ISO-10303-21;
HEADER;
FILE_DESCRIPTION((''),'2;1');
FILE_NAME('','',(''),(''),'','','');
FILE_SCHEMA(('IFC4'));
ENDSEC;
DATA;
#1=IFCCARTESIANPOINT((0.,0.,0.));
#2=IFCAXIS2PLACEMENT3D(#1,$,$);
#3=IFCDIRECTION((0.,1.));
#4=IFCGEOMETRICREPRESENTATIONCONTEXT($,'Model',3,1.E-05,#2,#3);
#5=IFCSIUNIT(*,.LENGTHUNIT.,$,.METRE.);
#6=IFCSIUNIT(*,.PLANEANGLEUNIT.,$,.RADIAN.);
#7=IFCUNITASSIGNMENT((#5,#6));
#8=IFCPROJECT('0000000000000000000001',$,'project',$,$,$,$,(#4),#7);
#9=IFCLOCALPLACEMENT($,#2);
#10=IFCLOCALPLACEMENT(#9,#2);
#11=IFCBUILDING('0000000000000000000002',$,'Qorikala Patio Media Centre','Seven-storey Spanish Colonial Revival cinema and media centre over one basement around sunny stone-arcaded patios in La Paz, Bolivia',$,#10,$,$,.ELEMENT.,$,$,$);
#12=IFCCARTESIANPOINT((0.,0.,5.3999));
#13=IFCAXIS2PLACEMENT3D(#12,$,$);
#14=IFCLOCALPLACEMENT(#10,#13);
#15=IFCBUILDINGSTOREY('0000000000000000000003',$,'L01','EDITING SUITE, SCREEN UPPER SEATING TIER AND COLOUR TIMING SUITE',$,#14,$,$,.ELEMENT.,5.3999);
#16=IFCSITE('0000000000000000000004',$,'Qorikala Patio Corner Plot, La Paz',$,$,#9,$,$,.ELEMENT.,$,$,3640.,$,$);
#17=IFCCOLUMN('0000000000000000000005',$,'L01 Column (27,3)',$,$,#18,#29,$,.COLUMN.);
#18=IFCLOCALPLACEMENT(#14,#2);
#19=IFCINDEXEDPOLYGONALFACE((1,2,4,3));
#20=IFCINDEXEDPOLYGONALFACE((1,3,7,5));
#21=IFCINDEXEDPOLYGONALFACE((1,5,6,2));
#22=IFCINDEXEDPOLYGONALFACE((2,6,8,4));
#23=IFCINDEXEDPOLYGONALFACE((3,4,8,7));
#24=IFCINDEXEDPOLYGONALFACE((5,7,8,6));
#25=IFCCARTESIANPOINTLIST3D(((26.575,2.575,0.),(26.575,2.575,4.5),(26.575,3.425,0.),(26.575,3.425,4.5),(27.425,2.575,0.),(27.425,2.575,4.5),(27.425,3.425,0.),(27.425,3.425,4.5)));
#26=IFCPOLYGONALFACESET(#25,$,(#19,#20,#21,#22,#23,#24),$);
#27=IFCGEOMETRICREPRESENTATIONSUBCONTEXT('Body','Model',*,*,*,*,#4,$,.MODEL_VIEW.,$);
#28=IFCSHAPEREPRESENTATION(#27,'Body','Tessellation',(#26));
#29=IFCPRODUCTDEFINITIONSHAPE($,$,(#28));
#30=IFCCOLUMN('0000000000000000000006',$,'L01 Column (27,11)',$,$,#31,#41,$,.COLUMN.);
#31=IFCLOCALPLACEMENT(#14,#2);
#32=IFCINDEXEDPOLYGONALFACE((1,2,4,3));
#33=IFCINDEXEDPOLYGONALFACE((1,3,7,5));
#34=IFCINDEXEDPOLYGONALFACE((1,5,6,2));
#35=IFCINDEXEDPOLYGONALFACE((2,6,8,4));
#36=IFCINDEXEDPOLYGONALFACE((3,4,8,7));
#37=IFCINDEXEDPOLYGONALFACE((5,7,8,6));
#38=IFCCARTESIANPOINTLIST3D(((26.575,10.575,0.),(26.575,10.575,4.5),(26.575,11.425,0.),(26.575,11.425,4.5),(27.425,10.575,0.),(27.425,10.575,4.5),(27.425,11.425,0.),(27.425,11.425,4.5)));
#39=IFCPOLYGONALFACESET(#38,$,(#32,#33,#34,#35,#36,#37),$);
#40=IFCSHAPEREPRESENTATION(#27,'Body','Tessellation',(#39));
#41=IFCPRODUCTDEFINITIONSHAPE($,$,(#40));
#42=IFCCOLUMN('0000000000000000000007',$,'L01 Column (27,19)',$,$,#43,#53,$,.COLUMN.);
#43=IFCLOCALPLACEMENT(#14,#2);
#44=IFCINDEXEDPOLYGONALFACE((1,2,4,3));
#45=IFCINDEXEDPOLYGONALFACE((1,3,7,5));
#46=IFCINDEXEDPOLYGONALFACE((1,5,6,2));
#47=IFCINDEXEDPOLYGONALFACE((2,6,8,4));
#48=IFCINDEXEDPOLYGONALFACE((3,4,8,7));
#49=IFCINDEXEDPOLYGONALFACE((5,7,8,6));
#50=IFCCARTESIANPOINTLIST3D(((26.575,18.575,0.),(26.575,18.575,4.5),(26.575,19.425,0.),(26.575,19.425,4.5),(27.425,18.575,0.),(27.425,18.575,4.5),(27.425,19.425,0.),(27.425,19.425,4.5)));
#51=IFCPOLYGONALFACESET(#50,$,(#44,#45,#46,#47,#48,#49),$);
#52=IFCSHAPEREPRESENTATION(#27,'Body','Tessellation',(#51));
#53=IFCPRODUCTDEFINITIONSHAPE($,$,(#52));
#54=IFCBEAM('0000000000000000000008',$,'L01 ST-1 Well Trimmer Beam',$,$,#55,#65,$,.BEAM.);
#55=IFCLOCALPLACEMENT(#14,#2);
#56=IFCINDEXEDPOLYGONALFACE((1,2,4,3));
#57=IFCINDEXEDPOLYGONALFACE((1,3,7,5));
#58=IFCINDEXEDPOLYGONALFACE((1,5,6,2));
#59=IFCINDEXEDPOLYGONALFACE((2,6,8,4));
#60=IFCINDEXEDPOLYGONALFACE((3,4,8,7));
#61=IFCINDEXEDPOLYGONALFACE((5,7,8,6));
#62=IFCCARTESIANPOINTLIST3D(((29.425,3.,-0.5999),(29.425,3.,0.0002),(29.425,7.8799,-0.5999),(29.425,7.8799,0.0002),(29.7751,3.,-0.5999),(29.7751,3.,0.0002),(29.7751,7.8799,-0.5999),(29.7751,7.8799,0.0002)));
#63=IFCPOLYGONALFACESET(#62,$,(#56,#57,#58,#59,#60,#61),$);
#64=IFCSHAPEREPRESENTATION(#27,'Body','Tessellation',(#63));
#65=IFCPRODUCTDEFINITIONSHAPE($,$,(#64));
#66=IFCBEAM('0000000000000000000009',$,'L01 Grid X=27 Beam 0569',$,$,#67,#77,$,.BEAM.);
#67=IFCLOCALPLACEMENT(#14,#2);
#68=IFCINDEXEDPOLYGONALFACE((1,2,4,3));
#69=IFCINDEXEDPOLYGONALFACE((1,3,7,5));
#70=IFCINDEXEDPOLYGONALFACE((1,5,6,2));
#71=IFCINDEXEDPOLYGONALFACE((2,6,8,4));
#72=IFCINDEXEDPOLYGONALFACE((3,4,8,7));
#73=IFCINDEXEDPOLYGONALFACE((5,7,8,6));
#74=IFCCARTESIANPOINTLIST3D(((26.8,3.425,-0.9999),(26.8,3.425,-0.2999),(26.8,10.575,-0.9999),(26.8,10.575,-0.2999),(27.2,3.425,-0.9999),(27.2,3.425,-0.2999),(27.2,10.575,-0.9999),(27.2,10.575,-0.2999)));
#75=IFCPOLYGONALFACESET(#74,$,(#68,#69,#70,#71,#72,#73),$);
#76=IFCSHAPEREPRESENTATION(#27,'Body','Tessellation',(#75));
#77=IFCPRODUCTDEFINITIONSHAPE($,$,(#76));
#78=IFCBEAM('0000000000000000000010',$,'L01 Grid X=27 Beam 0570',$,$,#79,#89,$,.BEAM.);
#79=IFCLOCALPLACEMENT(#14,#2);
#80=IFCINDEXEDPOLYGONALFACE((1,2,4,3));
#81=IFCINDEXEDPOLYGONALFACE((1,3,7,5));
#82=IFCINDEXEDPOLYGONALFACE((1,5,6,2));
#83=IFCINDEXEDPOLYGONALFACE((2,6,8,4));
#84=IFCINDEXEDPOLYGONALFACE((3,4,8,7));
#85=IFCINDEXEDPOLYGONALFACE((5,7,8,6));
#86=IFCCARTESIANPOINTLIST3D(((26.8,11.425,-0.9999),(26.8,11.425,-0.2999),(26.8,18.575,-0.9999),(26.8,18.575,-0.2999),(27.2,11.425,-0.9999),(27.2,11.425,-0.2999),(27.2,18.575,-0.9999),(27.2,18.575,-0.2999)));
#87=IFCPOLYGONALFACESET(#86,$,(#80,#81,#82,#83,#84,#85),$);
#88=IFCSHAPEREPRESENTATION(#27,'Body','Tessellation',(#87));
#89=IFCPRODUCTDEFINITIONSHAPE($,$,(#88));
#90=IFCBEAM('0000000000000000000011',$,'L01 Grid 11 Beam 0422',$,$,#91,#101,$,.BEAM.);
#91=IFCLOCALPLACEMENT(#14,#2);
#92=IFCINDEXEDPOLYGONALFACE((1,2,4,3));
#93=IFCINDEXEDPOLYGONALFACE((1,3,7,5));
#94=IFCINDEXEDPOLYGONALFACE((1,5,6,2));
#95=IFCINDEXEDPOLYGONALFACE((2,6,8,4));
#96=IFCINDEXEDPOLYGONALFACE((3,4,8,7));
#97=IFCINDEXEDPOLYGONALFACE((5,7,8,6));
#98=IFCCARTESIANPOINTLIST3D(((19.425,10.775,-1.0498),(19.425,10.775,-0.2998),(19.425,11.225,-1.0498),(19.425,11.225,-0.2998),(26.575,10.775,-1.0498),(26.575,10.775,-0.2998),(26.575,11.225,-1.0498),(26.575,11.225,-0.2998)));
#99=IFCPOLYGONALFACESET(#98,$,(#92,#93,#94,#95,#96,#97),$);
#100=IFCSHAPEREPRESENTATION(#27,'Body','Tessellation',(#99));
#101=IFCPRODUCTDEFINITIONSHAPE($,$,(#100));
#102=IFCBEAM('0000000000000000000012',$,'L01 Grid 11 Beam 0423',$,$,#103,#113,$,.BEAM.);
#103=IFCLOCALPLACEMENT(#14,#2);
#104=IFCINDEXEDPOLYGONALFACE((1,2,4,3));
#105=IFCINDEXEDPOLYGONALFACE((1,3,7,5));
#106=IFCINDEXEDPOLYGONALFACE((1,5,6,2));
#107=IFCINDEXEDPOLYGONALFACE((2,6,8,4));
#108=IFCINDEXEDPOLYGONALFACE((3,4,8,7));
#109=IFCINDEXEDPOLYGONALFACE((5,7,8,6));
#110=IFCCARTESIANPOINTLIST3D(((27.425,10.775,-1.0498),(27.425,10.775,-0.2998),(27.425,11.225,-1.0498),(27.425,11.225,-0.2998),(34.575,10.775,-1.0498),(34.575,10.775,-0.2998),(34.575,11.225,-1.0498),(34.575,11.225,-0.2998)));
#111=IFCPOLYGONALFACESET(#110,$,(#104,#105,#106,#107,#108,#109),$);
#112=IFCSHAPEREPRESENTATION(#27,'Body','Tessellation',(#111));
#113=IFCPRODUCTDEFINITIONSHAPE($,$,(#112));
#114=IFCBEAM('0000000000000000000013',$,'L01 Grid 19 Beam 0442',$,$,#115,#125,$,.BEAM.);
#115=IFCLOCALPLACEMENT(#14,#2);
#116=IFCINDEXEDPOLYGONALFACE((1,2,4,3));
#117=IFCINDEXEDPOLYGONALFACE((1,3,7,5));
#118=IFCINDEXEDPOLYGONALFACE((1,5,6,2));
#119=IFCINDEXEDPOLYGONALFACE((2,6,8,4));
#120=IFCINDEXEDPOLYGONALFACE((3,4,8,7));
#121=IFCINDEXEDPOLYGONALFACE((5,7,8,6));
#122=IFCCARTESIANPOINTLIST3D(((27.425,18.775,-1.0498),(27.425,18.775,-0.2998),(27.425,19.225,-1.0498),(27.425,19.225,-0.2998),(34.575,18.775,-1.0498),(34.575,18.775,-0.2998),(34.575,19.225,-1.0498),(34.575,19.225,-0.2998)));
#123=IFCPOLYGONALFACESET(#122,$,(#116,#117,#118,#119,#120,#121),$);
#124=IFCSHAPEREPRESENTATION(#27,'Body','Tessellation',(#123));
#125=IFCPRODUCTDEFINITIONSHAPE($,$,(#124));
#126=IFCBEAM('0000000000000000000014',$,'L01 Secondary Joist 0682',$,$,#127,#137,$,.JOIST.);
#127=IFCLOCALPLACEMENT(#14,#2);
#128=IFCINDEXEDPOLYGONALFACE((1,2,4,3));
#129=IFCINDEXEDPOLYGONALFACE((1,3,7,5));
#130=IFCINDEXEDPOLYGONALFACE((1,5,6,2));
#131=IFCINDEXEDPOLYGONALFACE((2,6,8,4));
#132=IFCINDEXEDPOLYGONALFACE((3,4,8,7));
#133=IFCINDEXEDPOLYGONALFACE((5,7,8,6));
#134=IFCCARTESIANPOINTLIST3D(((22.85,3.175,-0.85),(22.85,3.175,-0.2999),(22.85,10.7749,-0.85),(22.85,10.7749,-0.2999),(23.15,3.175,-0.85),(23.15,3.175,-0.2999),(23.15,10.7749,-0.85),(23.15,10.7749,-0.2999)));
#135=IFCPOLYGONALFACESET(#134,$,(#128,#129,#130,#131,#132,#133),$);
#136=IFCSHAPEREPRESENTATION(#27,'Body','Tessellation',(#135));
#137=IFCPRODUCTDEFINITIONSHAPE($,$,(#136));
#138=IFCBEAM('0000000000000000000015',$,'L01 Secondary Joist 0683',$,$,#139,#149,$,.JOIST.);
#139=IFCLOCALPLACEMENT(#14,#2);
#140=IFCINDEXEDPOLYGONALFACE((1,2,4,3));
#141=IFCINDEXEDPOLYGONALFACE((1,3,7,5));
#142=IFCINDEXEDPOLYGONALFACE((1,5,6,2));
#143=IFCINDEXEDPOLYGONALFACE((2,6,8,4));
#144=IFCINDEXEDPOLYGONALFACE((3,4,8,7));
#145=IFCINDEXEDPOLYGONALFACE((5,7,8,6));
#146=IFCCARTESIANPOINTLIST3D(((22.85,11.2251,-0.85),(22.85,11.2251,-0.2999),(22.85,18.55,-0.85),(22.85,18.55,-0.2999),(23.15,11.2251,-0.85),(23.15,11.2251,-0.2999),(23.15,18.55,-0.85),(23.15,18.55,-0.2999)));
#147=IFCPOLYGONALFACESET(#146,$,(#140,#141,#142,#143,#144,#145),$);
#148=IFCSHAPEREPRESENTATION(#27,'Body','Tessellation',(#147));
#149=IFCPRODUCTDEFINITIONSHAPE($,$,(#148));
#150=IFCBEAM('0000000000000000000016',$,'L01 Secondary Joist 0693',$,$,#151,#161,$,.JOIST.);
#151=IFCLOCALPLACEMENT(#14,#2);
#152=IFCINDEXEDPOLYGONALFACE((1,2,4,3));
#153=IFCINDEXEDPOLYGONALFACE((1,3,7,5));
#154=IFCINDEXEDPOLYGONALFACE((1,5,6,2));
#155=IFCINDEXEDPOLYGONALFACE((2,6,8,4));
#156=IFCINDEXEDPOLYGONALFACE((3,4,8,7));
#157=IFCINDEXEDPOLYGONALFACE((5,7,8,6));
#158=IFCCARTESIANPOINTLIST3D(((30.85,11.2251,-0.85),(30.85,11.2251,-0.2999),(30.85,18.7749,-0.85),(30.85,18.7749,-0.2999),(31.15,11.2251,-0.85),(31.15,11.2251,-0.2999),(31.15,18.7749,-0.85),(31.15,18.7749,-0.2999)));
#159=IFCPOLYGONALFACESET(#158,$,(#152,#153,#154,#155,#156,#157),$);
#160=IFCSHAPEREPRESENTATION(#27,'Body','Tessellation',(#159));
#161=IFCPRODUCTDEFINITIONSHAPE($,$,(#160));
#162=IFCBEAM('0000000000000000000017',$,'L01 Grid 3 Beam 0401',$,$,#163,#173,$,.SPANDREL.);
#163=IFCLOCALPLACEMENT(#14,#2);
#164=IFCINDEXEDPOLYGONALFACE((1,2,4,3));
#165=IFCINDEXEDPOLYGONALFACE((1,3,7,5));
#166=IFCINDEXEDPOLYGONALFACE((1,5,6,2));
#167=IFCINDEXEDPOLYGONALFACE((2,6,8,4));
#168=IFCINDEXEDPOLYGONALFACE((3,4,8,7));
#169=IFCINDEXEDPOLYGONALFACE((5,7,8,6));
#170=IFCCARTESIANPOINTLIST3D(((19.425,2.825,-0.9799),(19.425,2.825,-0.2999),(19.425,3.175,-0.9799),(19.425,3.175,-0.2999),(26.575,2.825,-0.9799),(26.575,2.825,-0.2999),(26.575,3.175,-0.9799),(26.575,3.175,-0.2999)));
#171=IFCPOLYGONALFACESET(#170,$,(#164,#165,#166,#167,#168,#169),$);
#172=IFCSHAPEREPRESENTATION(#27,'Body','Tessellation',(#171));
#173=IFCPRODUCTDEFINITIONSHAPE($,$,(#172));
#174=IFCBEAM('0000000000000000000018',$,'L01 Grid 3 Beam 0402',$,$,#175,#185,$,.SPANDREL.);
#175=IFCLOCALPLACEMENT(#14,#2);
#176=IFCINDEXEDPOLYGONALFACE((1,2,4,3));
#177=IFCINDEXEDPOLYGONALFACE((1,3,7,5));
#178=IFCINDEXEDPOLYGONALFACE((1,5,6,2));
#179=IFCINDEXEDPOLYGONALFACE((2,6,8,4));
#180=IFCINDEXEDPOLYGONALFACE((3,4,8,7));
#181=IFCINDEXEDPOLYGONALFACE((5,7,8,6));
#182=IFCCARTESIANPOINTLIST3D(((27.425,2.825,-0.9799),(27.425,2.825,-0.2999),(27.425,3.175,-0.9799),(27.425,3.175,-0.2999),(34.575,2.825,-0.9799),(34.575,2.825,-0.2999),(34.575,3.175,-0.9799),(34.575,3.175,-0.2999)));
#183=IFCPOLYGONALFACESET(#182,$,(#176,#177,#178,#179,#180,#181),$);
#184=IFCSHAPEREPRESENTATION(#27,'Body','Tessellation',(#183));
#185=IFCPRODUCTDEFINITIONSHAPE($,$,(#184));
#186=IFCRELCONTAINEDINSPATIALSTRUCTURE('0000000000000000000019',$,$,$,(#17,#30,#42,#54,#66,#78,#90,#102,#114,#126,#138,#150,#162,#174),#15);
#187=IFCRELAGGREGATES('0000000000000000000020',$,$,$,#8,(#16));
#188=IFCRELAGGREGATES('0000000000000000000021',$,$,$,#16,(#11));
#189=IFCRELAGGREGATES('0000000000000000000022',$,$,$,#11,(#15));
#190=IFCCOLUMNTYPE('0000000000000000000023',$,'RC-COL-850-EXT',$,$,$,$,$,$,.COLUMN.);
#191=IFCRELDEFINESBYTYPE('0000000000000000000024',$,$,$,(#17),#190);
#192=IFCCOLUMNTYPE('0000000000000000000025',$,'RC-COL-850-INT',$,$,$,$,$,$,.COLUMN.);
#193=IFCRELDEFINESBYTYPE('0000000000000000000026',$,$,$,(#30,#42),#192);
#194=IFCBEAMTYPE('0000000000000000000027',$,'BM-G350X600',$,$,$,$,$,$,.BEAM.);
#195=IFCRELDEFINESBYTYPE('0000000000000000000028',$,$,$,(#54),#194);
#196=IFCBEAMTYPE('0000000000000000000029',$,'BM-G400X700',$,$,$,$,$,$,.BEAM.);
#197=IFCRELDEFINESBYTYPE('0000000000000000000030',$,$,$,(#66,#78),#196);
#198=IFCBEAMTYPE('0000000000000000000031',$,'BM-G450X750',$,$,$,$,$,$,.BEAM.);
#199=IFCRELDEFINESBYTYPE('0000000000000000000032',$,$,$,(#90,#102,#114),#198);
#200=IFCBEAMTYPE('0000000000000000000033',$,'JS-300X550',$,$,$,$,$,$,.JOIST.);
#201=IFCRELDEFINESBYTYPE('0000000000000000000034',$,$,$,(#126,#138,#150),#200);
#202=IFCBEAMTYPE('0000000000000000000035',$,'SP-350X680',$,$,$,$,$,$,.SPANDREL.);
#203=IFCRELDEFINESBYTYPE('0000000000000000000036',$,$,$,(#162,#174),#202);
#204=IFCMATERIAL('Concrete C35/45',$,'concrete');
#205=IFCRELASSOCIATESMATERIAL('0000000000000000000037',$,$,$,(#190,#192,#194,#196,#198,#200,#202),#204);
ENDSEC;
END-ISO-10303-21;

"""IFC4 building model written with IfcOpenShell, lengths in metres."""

from ifc_helpers import new_model, si_unit, direction, frame, origin, origin_2d, place, context, subcontext, project, spatial, rectangle, extrude, material, material_profile, profile_set, type_object, element, save


model = new_model("IFC4")

# Units and contexts
model_context = context("Model", 3, precision=1e-05, world=origin(), true_north=direction((0.0, 1.0)))
body_context = subcontext(model_context, "Body", "Model", "MODEL_VIEW")
ifc_project = project(units=[si_unit("LENGTHUNIT", "METRE"), si_unit("PLANEANGLEUNIT", "RADIAN")], contexts=[model_context])

# Site, building, storey
site_placement = place(None, origin())
site = spatial("IfcSite", under=ifc_project, at=site_placement, Name="Qorikala Patio Corner Plot, La Paz", CompositionType="ELEMENT", RefElevation=3640.0)
building_placement = place(site_placement, origin())
building = spatial("IfcBuilding", under=site, at=building_placement, Name="Qorikala Patio Media Centre", Description="Seven-storey Spanish Colonial Revival cinema and media centre over one basement around sunny stone-arcaded patios in La Paz, Bolivia", CompositionType="ELEMENT")
storey_placement = place(building_placement, frame((0.0, 0.0, 5.3999)))
storey = spatial("IfcBuildingStorey", under=building, at=storey_placement, Name="L01", Description="EDITING SUITE, SCREEN UPPER SEATING TIER AND COLOUR TIMING SUITE", CompositionType="ELEMENT", Elevation=5.3999)

# Columns
ifc_material_1 = material(Name="Concrete C35/45", Category="concrete")
ifc_material_profile_1 = material_profile(ifc_material_1, rectangle(XDim=0.8501, YDim=0.8501, at=origin_2d()), Name="RC 850x850")
ifc_profile_set_1 = profile_set([ifc_material_profile_1], Name="Concrete C35/45")
column_type_1 = type_object("IfcColumnType", Name="RC-COL-850-EXT", PredefinedType="COLUMN", material=ifc_profile_set_1)
column_placement = place(storey_placement, frame((27.0, 3.0, 0.0), z_axis=(0.0, 0.0, 1.0), x_axis=(1.0, 0.0, 0.0)))
element("IfcColumn", 1, at=column_placement, inside=storey, type_object=column_type_1, Name="L01 Column (27,3)", PredefinedType="COLUMN", context=body_context, shape_type="SweptSolid", body=[
    extrude(rectangle(XDim=0.8501, YDim=0.8501, at=origin_2d()), origin(), (0.0, 0.0, 1.0), 4.5),
])
ifc_material_profile_2 = material_profile(ifc_material_1, rectangle(XDim=0.8501, YDim=0.8501, at=origin_2d()), Name="RC 850x850")
ifc_profile_set_2 = profile_set([ifc_material_profile_2], Name="Concrete C35/45")
column_type_2 = type_object("IfcColumnType", Name="RC-COL-850-INT", PredefinedType="COLUMN", material=ifc_profile_set_2)
for number, where, z_axis, x_axis, name in (
    (2, (27.0, 11.0, 0.0), (0.0, 0.0, 1.0), (1.0, 0.0, 0.0), "L01 Column (27,11)"),
    (3, (27.0, 19.0, 0.0), (0.0, 0.0, 1.0), (1.0, 0.0, 0.0), "L01 Column (27,19)"),
):
    element("IfcColumn", number, at=place(storey_placement, frame(where, z_axis=z_axis, x_axis=x_axis)), inside=storey, type_object=column_type_2, Name=name, PredefinedType="COLUMN", context=body_context, shape_type="SweptSolid", body=[
        extrude(rectangle(XDim=0.8501, YDim=0.8501, at=origin_2d()), origin(), (0.0, 0.0, 1.0), 4.5),
    ])

# Beams
ifc_material_profile_3 = material_profile(ifc_material_1, rectangle(XDim=0.3501, YDim=0.6001, at=origin_2d()), Name="RC 350x600")
ifc_profile_set_3 = profile_set([ifc_material_profile_3], Name="Concrete C35/45")
beam_type_1 = type_object("IfcBeamType", Name="BM-G350X600", PredefinedType="BEAM", material=ifc_profile_set_3)
beam_1_placement = place(storey_placement, frame((29.6001, 3.0, -0.2998), z_axis=(0.0, 1.0, 0.0), x_axis=(-1.0, 0.0, 0.0)))
element("IfcBeam", 4, at=beam_1_placement, inside=storey, type_object=beam_type_1, Name="L01 ST-1 Well Trimmer Beam", PredefinedType="BEAM", context=body_context, shape_type="SweptSolid", body=[
    extrude(rectangle(XDim=0.3501, YDim=0.6001, at=origin_2d()), origin(), (0.0, 0.0, 1.0), 4.8799),
])
ifc_material_profile_4 = material_profile(ifc_material_1, rectangle(XDim=0.3999, YDim=0.7, at=origin_2d()), Name="RC 400x700")
ifc_profile_set_4 = profile_set([ifc_material_profile_4], Name="Concrete C35/45")
beam_type_2 = type_object("IfcBeamType", Name="BM-G400X700", PredefinedType="BEAM", material=ifc_profile_set_4)
for number, where, z_axis, x_axis, name in (
    (5, (27.0, 3.425, -0.6499), (0.0, 1.0, 0.0), (-1.0, 0.0, 0.0), "L01 Grid X=27 Beam 0569"),
    (6, (27.0, 11.425, -0.6499), (0.0, 1.0, 0.0), (-1.0, 0.0, 0.0), "L01 Grid X=27 Beam 0570"),
):
    element("IfcBeam", number, at=place(storey_placement, frame(where, z_axis=z_axis, x_axis=x_axis)), inside=storey, type_object=beam_type_2, Name=name, PredefinedType="BEAM", context=body_context, shape_type="SweptSolid", body=[
        extrude(rectangle(XDim=0.3999, YDim=0.7, at=origin_2d()), origin(), (0.0, 0.0, 1.0), 7.1499),
    ])
ifc_material_profile_5 = material_profile(ifc_material_1, rectangle(XDim=0.45, YDim=0.75, at=origin_2d()), Name="RC 450x750")
ifc_profile_set_5 = profile_set([ifc_material_profile_5], Name="Concrete C35/45")
beam_type_3 = type_object("IfcBeamType", Name="BM-G450X750", PredefinedType="BEAM", material=ifc_profile_set_5)
for number, where, z_axis, x_axis, name in (
    (7, (19.425, 11.0, -0.6748), (1.0, 0.0, 0.0), (0.0, 1.0, 0.0), "L01 Grid 11 Beam 0422"),
    (8, (27.425, 11.0, -0.6748), (1.0, 0.0, 0.0), (0.0, 1.0, 0.0), "L01 Grid 11 Beam 0423"),
    (9, (27.425, 19.0, -0.6748), (1.0, 0.0, 0.0), (0.0, 1.0, 0.0), "L01 Grid 19 Beam 0442"),
):
    element("IfcBeam", number, at=place(storey_placement, frame(where, z_axis=z_axis, x_axis=x_axis)), inside=storey, type_object=beam_type_3, Name=name, PredefinedType="BEAM", context=body_context, shape_type="SweptSolid", body=[
        extrude(rectangle(XDim=0.45, YDim=0.75, at=origin_2d()), origin(), (0.0, 0.0, 1.0), 7.1499),
    ])
ifc_material_profile_6 = material_profile(ifc_material_1, rectangle(XDim=0.3, YDim=0.55, at=origin_2d()), Name="RC 300x550")
ifc_profile_set_6 = profile_set([ifc_material_profile_6], Name="Concrete C35/45")
beam_type_4 = type_object("IfcBeamType", Name="JS-300X550", PredefinedType="JOIST", material=ifc_profile_set_6)
beam_2_placement = place(storey_placement, frame((23.0, 3.175, -0.575), z_axis=(0.0, 1.0, 0.0), x_axis=(-1.0, 0.0, 0.0)))
element("IfcBeam", 10, at=beam_2_placement, inside=storey, type_object=beam_type_4, Name="L01 Secondary Joist 0682", PredefinedType="JOIST", context=body_context, shape_type="SweptSolid", body=[
    extrude(rectangle(XDim=0.3, YDim=0.55, at=origin_2d()), origin(), (0.0, 0.0, 1.0), 7.5999),
])
beam_3_placement = place(storey_placement, frame((23.0, 11.2251, -0.575), z_axis=(0.0, 1.0, 0.0), x_axis=(-1.0, 0.0, 0.0)))
element("IfcBeam", 11, at=beam_3_placement, inside=storey, type_object=beam_type_4, Name="L01 Secondary Joist 0683", PredefinedType="JOIST", context=body_context, shape_type="SweptSolid", body=[
    extrude(rectangle(XDim=0.3, YDim=0.55, at=origin_2d()), origin(), (0.0, 0.0, 1.0), 7.325),
])
beam_4_placement = place(storey_placement, frame((31.0, 11.2251, -0.575), z_axis=(0.0, 1.0, 0.0), x_axis=(-1.0, 0.0, 0.0)))
element("IfcBeam", 12, at=beam_4_placement, inside=storey, type_object=beam_type_4, Name="L01 Secondary Joist 0693", PredefinedType="JOIST", context=body_context, shape_type="SweptSolid", body=[
    extrude(rectangle(XDim=0.3, YDim=0.55, at=origin_2d()), origin(), (0.0, 0.0, 1.0), 7.5498),
])
ifc_material_profile_7 = material_profile(ifc_material_1, rectangle(XDim=0.3501, YDim=0.6799, at=origin_2d()), Name="RC 350x680")
ifc_profile_set_7 = profile_set([ifc_material_profile_7], Name="Concrete C35/45")
beam_type_5 = type_object("IfcBeamType", Name="SP-350X680", PredefinedType="SPANDREL", material=ifc_profile_set_7)
for number, where, z_axis, x_axis, name in (
    (13, (19.425, 3.0, -0.6399), (1.0, 0.0, 0.0), (0.0, 1.0, 0.0), "L01 Grid 3 Beam 0401"),
    (14, (27.425, 3.0, -0.6399), (1.0, 0.0, 0.0), (0.0, 1.0, 0.0), "L01 Grid 3 Beam 0402"),
):
    element("IfcBeam", number, at=place(storey_placement, frame(where, z_axis=z_axis, x_axis=x_axis)), inside=storey, type_object=beam_type_5, Name=name, PredefinedType="SPANDREL", context=body_context, shape_type="SweptSolid", body=[
        extrude(rectangle(XDim=0.3501, YDim=0.6799, at=origin_2d()), origin(), (0.0, 0.0, 1.0), 7.1499),
    ])

save(model, "model.ifc")
